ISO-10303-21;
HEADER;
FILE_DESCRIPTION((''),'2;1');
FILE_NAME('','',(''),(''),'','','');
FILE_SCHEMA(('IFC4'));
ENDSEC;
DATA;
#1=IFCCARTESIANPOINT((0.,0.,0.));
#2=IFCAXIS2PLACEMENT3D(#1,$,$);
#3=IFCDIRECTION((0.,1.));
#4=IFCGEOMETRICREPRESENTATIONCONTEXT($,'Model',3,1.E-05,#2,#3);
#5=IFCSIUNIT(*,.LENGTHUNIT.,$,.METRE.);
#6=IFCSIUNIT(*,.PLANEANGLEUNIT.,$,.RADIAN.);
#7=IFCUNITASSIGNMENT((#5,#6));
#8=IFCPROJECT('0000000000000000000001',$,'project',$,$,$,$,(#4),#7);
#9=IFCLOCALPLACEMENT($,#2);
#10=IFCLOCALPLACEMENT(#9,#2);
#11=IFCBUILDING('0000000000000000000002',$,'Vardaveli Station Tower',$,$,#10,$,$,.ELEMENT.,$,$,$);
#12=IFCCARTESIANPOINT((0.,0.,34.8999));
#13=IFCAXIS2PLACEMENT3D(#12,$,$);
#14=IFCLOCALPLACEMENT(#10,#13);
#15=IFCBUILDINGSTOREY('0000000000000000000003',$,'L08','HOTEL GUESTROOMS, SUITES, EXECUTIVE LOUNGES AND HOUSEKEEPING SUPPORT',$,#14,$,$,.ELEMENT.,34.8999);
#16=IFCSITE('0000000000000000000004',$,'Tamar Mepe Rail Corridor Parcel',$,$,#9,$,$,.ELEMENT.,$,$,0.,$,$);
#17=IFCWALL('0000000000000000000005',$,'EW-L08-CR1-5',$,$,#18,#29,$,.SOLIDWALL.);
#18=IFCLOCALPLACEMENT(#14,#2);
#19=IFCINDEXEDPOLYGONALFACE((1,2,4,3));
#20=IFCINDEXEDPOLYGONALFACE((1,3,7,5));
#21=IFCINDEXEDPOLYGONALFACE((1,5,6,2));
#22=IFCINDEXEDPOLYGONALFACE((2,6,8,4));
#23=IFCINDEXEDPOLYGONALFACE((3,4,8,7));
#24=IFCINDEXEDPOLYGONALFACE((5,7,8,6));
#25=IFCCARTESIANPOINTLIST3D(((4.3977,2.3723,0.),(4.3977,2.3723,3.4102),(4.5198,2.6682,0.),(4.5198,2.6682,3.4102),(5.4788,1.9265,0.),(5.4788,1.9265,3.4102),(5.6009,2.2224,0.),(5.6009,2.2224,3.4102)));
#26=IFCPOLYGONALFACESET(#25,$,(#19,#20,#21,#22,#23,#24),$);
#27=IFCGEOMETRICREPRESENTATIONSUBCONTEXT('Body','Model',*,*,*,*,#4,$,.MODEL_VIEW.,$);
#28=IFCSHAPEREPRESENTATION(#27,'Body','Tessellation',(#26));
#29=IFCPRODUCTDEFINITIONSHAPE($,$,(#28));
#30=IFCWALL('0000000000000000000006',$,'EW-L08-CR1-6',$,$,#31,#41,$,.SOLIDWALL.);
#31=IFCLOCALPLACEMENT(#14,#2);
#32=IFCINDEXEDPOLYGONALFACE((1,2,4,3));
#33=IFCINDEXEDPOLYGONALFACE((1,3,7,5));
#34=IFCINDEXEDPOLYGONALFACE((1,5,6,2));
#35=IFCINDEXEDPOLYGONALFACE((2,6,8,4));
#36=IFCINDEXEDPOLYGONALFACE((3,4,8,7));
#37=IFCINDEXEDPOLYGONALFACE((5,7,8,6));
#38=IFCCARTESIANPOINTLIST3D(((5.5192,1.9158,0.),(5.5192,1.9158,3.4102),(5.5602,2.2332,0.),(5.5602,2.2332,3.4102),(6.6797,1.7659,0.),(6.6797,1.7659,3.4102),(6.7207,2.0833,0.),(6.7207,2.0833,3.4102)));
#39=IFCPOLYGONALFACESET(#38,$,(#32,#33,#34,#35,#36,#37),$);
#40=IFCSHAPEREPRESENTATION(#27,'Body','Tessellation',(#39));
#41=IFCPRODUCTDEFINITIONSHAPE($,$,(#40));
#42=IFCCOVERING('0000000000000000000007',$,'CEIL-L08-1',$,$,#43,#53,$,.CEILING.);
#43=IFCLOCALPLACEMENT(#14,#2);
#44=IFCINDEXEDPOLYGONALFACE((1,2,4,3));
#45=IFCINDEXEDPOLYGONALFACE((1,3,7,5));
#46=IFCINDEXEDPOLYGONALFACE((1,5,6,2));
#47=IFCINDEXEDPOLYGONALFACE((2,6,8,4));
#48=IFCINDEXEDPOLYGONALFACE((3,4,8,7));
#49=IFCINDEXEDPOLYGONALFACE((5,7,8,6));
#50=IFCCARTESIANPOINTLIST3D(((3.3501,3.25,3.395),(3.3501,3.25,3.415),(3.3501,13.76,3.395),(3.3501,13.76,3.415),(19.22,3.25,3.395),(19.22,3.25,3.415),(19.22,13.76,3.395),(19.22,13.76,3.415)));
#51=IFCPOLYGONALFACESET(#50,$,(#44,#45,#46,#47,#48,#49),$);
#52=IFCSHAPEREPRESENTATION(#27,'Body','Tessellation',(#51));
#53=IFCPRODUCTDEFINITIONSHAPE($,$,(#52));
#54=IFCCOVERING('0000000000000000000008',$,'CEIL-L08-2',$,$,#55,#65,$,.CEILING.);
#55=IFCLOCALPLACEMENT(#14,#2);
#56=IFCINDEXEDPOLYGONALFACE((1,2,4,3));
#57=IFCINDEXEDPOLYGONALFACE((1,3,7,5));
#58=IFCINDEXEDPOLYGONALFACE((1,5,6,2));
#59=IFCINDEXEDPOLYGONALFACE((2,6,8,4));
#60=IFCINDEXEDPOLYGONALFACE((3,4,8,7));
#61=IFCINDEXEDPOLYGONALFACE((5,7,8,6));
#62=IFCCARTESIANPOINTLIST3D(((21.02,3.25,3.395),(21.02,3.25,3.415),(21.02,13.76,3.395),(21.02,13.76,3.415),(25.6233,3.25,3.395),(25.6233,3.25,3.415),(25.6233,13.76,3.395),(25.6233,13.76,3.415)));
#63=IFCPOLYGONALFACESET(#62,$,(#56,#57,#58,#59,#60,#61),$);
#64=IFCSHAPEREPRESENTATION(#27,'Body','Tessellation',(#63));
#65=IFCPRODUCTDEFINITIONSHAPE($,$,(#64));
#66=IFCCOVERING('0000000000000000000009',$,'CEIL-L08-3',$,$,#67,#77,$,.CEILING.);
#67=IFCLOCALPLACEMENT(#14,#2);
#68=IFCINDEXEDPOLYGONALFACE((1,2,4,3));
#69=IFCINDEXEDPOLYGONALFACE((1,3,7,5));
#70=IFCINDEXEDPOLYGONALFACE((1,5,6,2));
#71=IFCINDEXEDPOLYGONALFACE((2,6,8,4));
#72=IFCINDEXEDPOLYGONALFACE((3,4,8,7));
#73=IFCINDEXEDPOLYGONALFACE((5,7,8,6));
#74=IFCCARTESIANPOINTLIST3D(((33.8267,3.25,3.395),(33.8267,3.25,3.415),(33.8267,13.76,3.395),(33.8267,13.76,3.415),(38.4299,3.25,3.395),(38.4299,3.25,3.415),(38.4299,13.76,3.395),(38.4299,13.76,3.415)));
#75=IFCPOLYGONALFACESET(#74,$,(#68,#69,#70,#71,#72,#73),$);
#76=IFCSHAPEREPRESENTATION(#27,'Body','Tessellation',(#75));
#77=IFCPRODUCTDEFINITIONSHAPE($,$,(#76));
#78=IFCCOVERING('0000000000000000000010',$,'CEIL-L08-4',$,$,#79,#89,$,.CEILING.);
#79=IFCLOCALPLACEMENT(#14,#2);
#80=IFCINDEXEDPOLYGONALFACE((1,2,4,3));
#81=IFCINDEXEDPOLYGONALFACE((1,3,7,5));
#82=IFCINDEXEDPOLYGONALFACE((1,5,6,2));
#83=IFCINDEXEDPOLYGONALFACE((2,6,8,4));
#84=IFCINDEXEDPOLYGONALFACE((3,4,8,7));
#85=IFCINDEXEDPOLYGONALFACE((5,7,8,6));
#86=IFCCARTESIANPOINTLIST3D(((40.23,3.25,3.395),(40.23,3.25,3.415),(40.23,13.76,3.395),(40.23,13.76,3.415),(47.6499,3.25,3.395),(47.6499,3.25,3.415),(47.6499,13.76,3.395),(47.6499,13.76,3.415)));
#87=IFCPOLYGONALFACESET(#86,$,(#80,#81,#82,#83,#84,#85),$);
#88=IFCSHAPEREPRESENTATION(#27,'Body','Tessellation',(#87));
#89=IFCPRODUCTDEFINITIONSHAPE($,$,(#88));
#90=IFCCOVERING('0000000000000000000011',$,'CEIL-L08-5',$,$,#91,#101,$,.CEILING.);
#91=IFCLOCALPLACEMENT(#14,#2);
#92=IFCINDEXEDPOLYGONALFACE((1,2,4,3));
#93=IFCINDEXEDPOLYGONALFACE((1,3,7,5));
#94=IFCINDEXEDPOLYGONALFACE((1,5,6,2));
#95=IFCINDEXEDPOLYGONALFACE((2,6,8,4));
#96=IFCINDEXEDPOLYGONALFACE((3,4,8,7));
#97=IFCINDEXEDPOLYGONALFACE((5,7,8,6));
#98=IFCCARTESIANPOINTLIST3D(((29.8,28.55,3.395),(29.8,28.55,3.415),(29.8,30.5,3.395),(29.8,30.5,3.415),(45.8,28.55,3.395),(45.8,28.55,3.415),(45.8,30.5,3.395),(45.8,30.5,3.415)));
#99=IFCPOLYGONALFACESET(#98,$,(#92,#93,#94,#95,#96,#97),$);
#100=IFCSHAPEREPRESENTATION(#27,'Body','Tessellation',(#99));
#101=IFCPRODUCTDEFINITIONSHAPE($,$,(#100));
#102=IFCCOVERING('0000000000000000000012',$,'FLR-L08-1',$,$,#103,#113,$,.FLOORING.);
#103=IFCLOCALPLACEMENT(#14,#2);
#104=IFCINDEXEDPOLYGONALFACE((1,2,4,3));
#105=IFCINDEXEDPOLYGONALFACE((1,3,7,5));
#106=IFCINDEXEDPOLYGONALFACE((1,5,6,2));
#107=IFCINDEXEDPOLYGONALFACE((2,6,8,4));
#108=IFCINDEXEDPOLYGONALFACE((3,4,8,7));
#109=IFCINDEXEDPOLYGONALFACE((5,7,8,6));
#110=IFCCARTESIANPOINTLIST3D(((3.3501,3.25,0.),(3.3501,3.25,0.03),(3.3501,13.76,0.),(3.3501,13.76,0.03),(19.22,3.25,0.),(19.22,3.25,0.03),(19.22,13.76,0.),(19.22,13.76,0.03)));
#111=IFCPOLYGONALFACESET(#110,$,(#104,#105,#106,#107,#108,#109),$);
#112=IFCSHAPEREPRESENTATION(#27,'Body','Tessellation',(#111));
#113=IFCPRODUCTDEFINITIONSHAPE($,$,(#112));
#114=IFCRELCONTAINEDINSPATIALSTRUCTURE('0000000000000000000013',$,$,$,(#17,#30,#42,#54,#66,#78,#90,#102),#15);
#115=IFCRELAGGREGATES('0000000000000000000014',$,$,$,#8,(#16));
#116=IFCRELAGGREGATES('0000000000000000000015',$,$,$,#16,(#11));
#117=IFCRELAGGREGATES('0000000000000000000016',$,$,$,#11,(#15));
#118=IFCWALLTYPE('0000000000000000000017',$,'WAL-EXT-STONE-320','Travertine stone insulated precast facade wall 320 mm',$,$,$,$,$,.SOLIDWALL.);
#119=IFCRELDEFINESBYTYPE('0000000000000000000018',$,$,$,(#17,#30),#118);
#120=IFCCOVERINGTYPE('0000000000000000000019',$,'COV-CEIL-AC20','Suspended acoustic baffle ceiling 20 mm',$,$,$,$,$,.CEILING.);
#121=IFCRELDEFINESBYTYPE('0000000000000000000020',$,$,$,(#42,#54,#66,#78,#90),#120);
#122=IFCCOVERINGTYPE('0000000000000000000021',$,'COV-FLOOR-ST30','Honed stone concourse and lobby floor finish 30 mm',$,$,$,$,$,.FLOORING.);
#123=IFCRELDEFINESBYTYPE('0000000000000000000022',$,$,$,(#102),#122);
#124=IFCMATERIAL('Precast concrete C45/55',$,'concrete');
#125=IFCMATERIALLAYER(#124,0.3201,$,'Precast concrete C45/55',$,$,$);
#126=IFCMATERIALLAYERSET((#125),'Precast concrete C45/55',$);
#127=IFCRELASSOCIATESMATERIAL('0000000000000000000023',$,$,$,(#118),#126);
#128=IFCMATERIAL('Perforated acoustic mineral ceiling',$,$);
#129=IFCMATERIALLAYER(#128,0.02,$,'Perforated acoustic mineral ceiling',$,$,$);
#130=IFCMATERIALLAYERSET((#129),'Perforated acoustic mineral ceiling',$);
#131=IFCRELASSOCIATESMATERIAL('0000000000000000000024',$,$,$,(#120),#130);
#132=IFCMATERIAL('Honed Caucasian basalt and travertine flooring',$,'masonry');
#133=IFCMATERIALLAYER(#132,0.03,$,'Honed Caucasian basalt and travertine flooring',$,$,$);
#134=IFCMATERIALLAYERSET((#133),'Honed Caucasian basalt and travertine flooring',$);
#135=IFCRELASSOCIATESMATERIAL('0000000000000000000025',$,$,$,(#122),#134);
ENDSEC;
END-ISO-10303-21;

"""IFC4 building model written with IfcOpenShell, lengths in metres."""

from ifc_helpers import new_model, si_unit, direction, frame, frame_2d, origin, place, context, subcontext, project, spatial, polyline, rectangle, outline, extrude, source, transform, mapped, material, layer, layer_set, type_object, element, save


model = new_model("IFC4")

# Units and contexts
model_context = context("Model", 3, precision=1e-05, world=origin(), true_north=direction((0.0, 1.0)))
body_context = subcontext(model_context, "Body", "Model", "MODEL_VIEW")
ifc_project = project(units=[si_unit("LENGTHUNIT", "METRE"), si_unit("PLANEANGLEUNIT", "RADIAN")], contexts=[model_context])

# Site, building, storey
site_placement = place(None, origin())
site = spatial("IfcSite", under=ifc_project, at=site_placement, Name="Tamar Mepe Rail Corridor Parcel", CompositionType="ELEMENT", RefElevation=0.0)
building_placement = place(site_placement, origin())
building = spatial("IfcBuilding", under=site, at=building_placement, Name="Vardaveli Station Tower", CompositionType="ELEMENT")
storey_placement = place(building_placement, frame((0.0, 0.0, 34.8999)))
storey = spatial("IfcBuildingStorey", under=building, at=storey_placement, Name="L08", Description="HOTEL GUESTROOMS, SUITES, EXECUTIVE LOUNGES AND HOUSEKEEPING SUPPORT", CompositionType="ELEMENT", Elevation=34.8999)

# Shared definitions
ifc_material_1 = material(Name="Precast concrete C45/55", Category="concrete")

# Shared definitions
ifc_layer_1 = layer(ifc_material_1, 0.3201, Name="Precast concrete C45/55")
ifc_layer_set_1 = layer_set([ifc_layer_1], Name="Precast concrete C45/55")
wall_type = type_object("IfcWallType", Name="WAL-EXT-STONE-320", Description="Travertine stone insulated precast facade wall 320 mm", PredefinedType="SOLIDWALL", material=ifc_layer_set_1)

# Walls
shared_shape_1 = source(origin(), body_context, "Body", "SweptSolid", [
    extrude(rectangle(XDim=1.1694, YDim=0.3201, at=frame_2d((0.5847, 0.0))), origin(), (0.0, 0.0, 1.0), 3.4102),
])
wall_1_placement = place(storey_placement, frame((4.4587, 2.5203, 0.0), z_axis=(0.0, 0.0, 1.0), x_axis=(0.924479, -0.381233, 0.0)))
element("IfcWall", 1, at=wall_1_placement, inside=storey, type_object=wall_type, Name="EW-L08-CR1-5", PredefinedType="SOLIDWALL", context=body_context, shape_type="MappedRepresentation", body=[
    mapped(shared_shape_1, transform((0.0, 0.0, 0.0), scale=1.0)),
])
shared_shape_2 = source(origin(), body_context, "Body", "SweptSolid", [
    extrude(rectangle(XDim=1.1702, YDim=0.3201, at=frame_2d((0.585, 0.0))), origin(), (0.0, 0.0, 1.0), 3.4102),
])
wall_2_placement = place(storey_placement, frame((5.5398, 2.0745, 0.0), z_axis=(0.0, 0.0, 1.0), x_axis=(0.991762, -0.12809, 0.0)))
element("IfcWall", 2, at=wall_2_placement, inside=storey, type_object=wall_type, Name="EW-L08-CR1-6", PredefinedType="SOLIDWALL", context=body_context, shape_type="MappedRepresentation", body=[
    mapped(shared_shape_2, transform((0.0, 0.0, 0.0), scale=1.0)),
])

# Coverings
ifc_material_2 = material(Name="Perforated acoustic mineral ceiling")
ifc_layer_2 = layer(ifc_material_2, 0.02, Name="Perforated acoustic mineral ceiling")
ifc_layer_set_2 = layer_set([ifc_layer_2], Name="Perforated acoustic mineral ceiling")
covering_type_1 = type_object("IfcCoveringType", Name="COV-CEIL-AC20", Description="Suspended acoustic baffle ceiling 20 mm", PredefinedType="CEILING", material=ifc_layer_set_2)
covering_1_placement = place(storey_placement, frame((0.0, 0.0, 3.395)))
element("IfcCovering", 3, at=covering_1_placement, inside=storey, type_object=covering_type_1, Name="CEIL-L08-1", PredefinedType="CEILING", context=body_context, shape_type="SweptSolid", body=[
    extrude(outline(polyline([(3.3501, 3.25), (19.22, 3.25), (19.22, 13.76), (3.3501, 13.76), (3.3501, 3.25)])), origin(), (0.0, 0.0, 1.0), 0.02),
])
covering_2_placement = place(storey_placement, frame((0.0, 0.0, 3.395)))
element("IfcCovering", 4, at=covering_2_placement, inside=storey, type_object=covering_type_1, Name="CEIL-L08-2", PredefinedType="CEILING", context=body_context, shape_type="SweptSolid", body=[
    extrude(outline(polyline([(21.02, 3.25), (25.6233, 3.25), (25.6233, 13.76), (21.02, 13.76), (21.02, 3.25)])), origin(), (0.0, 0.0, 1.0), 0.02),
])
covering_3_placement = place(storey_placement, frame((0.0, 0.0, 3.395)))
element("IfcCovering", 5, at=covering_3_placement, inside=storey, type_object=covering_type_1, Name="CEIL-L08-3", PredefinedType="CEILING", context=body_context, shape_type="SweptSolid", body=[
    extrude(outline(polyline([(33.8267, 3.25), (38.4299, 3.25), (38.4299, 13.76), (33.8267, 13.76), (33.8267, 3.25)])), origin(), (0.0, 0.0, 1.0), 0.02),
])
covering_4_placement = place(storey_placement, frame((0.0, 0.0, 3.395)))
element("IfcCovering", 6, at=covering_4_placement, inside=storey, type_object=covering_type_1, Name="CEIL-L08-4", PredefinedType="CEILING", context=body_context, shape_type="SweptSolid", body=[
    extrude(outline(polyline([(40.23, 3.25), (47.6499, 3.25), (47.6499, 13.76), (40.23, 13.76), (40.23, 3.25)])), origin(), (0.0, 0.0, 1.0), 0.02),
])
covering_5_placement = place(storey_placement, frame((0.0, 0.0, 3.395)))
element("IfcCovering", 7, at=covering_5_placement, inside=storey, type_object=covering_type_1, Name="CEIL-L08-5", PredefinedType="CEILING", context=body_context, shape_type="SweptSolid", body=[
    extrude(outline(polyline([(29.8, 28.55), (45.8, 28.55), (45.8, 30.5), (29.8, 30.5), (29.8, 28.55)])), origin(), (0.0, 0.0, 1.0), 0.02),
])
ifc_material_3 = material(Name="Honed Caucasian basalt and travertine flooring", Category="masonry")
ifc_layer_3 = layer(ifc_material_3, 0.03, Name="Honed Caucasian basalt and travertine flooring")
ifc_layer_set_3 = layer_set([ifc_layer_3], Name="Honed Caucasian basalt and travertine flooring")
covering_type_2 = type_object("IfcCoveringType", Name="COV-FLOOR-ST30", Description="Honed stone concourse and lobby floor finish 30 mm", PredefinedType="FLOORING", material=ifc_layer_set_3)
covering_6_placement = place(storey_placement, origin())
element("IfcCovering", 8, at=covering_6_placement, inside=storey, type_object=covering_type_2, Name="FLR-L08-1", PredefinedType="FLOORING", context=body_context, shape_type="SweptSolid", body=[
    extrude(outline(polyline([(3.3501, 3.25), (19.22, 3.25), (19.22, 13.76), (3.3501, 13.76), (3.3501, 3.25)])), origin(), (0.0, 0.0, 1.0), 0.03),
])

save(model, "model.ifc")
